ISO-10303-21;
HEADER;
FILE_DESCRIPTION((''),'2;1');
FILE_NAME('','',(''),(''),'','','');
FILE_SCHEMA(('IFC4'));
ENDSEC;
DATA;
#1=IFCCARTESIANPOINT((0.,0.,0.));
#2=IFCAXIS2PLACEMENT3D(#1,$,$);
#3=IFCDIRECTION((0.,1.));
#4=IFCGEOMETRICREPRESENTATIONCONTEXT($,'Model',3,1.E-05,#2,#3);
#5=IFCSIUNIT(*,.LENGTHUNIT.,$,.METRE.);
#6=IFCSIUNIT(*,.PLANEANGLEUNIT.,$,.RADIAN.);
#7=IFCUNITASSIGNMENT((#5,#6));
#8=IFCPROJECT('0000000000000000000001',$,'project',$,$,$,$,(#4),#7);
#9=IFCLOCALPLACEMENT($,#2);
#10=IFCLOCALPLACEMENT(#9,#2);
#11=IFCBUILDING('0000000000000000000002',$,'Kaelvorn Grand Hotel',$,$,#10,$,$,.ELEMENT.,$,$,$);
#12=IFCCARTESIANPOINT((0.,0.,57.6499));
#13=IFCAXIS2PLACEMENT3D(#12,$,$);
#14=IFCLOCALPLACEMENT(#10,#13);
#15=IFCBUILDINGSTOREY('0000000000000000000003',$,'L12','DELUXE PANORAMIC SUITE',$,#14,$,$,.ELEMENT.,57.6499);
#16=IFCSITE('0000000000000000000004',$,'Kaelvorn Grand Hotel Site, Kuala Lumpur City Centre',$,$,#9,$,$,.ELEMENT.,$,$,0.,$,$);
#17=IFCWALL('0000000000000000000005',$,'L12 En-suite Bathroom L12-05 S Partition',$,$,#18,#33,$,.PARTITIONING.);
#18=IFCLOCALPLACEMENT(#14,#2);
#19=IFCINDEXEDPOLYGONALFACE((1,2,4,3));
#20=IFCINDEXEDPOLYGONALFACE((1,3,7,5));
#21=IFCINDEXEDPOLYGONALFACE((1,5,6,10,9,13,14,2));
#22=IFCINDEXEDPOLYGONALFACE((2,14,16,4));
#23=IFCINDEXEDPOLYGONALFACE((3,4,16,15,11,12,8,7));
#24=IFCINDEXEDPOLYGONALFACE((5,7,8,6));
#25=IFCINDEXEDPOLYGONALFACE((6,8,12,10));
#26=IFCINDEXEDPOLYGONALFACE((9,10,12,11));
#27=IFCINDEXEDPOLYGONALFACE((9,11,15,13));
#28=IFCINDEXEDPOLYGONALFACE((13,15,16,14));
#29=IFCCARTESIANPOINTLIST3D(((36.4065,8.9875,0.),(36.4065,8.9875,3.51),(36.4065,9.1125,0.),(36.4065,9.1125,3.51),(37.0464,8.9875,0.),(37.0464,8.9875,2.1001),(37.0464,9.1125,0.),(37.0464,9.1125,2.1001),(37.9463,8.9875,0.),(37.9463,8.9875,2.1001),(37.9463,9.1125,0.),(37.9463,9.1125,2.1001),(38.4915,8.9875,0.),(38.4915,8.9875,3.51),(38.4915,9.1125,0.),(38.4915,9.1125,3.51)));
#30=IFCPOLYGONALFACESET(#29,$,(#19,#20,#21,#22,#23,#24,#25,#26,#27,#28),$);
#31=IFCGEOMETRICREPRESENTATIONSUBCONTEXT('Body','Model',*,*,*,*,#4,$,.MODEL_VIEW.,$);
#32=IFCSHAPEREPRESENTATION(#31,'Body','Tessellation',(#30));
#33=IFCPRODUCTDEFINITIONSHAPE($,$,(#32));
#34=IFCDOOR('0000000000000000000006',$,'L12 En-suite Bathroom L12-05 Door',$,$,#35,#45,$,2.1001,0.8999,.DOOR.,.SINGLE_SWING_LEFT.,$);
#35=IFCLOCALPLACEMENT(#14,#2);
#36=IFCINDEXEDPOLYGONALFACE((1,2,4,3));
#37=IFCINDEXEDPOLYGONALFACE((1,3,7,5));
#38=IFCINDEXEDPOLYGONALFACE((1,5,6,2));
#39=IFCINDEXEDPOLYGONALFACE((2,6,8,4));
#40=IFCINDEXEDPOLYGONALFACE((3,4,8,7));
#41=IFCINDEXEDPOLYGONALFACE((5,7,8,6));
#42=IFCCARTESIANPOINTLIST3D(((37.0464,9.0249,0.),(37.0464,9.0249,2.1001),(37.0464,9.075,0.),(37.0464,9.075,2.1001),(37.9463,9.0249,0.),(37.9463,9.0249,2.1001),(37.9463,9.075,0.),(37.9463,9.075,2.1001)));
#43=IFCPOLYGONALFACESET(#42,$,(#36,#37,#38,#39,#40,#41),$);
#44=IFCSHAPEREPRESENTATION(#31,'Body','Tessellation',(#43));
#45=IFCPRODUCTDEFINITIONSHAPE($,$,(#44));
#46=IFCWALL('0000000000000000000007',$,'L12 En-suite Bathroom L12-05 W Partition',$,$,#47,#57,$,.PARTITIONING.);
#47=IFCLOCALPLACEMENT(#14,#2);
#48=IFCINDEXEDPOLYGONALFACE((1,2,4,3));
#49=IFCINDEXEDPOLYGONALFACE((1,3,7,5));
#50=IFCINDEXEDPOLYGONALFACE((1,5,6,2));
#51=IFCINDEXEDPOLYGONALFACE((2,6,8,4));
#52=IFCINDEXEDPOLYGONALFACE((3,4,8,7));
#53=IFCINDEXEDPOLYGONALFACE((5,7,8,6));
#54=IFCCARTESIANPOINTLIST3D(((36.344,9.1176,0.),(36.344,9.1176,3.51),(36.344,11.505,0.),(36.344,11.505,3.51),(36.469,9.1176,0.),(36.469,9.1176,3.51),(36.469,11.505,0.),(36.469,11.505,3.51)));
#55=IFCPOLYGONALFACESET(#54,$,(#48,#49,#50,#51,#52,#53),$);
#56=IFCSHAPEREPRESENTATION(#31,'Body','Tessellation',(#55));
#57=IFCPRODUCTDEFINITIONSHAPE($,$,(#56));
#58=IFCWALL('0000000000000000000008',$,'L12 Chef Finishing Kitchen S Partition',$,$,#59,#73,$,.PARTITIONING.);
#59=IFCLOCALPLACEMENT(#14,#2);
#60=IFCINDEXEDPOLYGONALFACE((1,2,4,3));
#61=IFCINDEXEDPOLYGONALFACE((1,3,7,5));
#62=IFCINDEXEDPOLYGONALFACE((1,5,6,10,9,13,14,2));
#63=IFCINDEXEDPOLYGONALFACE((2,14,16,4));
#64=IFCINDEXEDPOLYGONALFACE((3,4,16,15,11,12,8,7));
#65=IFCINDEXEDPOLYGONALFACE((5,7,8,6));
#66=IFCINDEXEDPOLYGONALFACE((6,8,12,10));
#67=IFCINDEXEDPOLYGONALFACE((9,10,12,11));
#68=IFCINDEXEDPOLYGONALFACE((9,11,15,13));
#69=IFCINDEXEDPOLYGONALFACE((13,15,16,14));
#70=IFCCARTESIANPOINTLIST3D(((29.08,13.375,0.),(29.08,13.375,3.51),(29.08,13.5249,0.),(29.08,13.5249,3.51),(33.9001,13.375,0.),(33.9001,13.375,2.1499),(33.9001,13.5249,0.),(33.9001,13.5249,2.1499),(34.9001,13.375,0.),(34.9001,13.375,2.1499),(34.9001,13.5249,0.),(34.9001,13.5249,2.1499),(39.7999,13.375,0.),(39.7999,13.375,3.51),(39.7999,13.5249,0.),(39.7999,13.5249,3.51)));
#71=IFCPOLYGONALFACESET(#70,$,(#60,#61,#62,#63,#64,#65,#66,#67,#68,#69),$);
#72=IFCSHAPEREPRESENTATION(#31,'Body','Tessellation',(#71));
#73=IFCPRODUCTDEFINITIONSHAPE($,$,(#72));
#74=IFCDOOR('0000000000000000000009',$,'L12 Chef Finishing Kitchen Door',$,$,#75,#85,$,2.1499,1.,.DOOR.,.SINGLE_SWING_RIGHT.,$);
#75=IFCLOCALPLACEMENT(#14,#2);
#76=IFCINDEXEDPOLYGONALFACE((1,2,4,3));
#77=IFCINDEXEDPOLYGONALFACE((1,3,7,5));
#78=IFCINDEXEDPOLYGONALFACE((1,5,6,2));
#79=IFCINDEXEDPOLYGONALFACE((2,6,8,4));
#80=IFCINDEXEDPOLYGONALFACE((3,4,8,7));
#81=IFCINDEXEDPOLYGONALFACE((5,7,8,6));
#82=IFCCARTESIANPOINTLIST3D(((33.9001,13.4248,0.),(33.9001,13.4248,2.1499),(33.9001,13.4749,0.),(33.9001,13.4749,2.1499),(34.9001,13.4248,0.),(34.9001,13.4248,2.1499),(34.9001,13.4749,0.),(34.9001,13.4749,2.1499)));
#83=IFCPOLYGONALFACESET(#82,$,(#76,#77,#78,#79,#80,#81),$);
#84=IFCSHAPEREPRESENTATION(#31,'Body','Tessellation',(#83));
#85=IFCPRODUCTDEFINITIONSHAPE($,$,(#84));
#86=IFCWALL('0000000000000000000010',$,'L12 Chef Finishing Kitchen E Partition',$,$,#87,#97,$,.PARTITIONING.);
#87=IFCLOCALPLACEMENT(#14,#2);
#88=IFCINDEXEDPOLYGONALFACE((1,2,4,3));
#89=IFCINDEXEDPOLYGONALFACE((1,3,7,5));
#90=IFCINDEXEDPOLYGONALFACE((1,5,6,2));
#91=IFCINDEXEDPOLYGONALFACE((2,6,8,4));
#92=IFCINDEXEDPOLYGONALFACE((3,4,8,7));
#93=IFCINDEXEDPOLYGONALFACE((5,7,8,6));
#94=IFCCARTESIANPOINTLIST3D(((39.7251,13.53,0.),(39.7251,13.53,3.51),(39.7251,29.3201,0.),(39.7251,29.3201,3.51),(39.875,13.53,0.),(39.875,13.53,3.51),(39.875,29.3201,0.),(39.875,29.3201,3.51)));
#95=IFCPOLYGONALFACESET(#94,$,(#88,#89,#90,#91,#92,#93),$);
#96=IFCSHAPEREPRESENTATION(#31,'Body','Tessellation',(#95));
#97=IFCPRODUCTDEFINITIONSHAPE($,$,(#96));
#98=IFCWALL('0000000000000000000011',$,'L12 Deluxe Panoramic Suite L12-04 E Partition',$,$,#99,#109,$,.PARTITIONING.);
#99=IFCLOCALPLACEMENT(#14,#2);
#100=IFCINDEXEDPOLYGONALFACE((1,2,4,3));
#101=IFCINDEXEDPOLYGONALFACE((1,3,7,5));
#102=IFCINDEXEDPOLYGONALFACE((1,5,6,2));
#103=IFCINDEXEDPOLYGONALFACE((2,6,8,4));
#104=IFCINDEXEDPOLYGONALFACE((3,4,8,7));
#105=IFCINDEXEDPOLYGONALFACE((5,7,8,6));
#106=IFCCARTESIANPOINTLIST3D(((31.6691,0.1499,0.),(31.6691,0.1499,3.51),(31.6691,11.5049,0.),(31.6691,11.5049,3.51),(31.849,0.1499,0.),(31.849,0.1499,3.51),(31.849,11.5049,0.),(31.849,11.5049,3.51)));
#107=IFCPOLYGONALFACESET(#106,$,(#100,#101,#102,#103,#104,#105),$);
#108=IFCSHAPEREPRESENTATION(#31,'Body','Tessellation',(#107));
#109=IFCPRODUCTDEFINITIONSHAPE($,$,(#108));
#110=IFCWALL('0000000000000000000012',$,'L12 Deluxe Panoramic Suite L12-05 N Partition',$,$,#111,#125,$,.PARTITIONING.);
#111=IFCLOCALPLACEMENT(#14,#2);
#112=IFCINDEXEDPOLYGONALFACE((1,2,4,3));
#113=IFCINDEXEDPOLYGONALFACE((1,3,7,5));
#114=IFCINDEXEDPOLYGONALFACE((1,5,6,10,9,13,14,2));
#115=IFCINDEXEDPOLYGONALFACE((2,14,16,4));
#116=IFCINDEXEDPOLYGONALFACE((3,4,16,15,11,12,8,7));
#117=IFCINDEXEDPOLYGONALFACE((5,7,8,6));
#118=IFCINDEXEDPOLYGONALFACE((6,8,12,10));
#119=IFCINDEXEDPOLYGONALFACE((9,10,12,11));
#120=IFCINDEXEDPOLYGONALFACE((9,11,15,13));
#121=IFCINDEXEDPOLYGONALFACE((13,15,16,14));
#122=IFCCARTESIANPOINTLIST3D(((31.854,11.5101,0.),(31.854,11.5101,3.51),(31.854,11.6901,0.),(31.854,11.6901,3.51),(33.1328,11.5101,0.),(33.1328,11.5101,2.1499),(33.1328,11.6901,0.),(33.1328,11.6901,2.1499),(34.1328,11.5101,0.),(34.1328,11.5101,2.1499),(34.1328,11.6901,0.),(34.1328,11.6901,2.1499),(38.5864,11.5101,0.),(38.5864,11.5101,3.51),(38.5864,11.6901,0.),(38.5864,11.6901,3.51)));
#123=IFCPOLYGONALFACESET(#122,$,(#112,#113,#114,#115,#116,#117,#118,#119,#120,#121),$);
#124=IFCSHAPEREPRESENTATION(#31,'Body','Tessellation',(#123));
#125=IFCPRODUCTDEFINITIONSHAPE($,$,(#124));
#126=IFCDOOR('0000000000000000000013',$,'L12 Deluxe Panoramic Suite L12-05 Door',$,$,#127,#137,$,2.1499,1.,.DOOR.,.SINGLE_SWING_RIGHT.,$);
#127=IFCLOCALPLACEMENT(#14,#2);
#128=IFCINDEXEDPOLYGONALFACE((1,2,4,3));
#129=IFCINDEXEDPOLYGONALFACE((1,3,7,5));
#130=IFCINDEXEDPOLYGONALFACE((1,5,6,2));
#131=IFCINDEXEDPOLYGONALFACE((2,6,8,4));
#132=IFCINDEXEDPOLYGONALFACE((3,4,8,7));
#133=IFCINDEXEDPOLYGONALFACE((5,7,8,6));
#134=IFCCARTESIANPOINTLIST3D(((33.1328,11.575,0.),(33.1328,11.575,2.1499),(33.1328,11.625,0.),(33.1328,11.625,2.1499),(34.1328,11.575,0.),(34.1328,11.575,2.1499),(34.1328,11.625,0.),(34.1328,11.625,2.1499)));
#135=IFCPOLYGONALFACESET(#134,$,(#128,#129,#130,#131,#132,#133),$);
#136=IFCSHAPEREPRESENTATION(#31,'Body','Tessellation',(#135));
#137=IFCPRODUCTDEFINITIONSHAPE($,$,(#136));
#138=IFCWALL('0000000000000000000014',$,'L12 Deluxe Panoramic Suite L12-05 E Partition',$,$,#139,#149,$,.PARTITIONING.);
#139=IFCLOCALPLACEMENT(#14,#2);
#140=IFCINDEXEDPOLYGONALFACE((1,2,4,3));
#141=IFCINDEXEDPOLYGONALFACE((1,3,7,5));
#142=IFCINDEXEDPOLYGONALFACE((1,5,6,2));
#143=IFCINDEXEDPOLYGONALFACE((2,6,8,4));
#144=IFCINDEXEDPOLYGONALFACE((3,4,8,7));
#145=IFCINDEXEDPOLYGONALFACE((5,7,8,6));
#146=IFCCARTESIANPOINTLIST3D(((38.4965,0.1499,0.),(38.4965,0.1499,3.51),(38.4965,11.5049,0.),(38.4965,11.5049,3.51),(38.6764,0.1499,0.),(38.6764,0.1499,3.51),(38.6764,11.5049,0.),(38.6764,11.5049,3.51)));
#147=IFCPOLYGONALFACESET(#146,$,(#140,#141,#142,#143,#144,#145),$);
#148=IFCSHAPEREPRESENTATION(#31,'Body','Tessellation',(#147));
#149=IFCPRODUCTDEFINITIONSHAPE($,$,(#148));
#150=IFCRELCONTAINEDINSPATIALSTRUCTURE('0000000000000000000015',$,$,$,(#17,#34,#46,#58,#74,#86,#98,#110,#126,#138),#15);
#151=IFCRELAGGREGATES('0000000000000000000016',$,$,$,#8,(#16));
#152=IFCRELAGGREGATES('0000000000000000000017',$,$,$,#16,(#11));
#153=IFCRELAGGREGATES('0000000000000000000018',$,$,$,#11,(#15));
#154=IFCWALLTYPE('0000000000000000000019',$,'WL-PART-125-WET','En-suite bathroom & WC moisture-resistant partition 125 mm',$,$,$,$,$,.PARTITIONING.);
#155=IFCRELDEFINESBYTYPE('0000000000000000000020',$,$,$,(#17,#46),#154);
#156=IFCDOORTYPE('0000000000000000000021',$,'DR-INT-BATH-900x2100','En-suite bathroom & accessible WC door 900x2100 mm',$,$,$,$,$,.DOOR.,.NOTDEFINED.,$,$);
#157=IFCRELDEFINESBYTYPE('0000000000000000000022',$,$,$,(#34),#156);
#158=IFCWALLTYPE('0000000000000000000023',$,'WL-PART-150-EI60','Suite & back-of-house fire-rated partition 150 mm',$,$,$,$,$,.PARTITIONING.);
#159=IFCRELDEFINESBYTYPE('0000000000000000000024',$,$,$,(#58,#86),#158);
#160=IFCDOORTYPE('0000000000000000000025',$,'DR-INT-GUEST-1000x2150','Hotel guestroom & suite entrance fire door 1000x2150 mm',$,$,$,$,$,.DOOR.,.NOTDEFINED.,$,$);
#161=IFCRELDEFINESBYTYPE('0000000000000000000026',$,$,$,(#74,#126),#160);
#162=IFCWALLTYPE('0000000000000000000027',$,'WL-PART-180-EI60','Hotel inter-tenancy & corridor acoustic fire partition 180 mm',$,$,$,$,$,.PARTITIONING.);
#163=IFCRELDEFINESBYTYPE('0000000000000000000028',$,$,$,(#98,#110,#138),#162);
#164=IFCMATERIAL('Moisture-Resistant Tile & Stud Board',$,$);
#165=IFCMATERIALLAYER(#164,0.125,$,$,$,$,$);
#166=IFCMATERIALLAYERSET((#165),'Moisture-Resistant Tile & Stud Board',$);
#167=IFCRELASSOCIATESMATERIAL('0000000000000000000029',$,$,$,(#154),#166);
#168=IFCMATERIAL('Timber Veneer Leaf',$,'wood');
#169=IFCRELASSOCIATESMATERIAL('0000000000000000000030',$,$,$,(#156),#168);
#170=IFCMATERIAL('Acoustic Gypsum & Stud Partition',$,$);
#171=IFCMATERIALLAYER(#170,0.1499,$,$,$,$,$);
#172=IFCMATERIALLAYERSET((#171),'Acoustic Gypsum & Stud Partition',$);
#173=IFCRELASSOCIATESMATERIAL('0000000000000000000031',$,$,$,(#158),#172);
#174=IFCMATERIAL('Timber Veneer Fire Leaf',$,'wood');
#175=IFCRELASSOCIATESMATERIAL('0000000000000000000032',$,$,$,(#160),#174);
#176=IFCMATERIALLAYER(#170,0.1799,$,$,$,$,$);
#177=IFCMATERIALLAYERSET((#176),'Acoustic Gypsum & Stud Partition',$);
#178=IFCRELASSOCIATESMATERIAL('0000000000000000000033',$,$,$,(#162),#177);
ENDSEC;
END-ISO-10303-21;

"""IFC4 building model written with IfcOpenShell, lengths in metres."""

from ifc_helpers import new_model, si_unit, direction, frame, frame_2d, origin, place, context, subcontext, project, spatial, rectangle, extrude, material, layer, layer_set, type_object, element, fill, save


model = new_model("IFC4")

# Units and contexts
model_context = context("Model", 3, precision=1e-05, world=origin(), true_north=direction((0.0, 1.0)))
body_context = subcontext(model_context, "Body", "Model", "MODEL_VIEW")
ifc_project = project(units=[si_unit("LENGTHUNIT", "METRE"), si_unit("PLANEANGLEUNIT", "RADIAN")], contexts=[model_context])

# Site, building, storey
site_placement = place(None, origin())
site = spatial("IfcSite", under=ifc_project, at=site_placement, Name="Kaelvorn Grand Hotel Site, Kuala Lumpur City Centre", CompositionType="ELEMENT", RefElevation=0.0)
building_placement = place(site_placement, origin())
building = spatial("IfcBuilding", under=site, at=building_placement, Name="Kaelvorn Grand Hotel", CompositionType="ELEMENT")
storey_placement = place(building_placement, frame((0.0, 0.0, 57.6499)))
storey = spatial("IfcBuildingStorey", under=building, at=storey_placement, Name="L12", Description="DELUXE PANORAMIC SUITE", CompositionType="ELEMENT", Elevation=57.6499)

# Shared definitions
ifc_material_1 = material(Name="Moisture-Resistant Tile & Stud Board")
ifc_layer_1 = layer(ifc_material_1, 0.125)
ifc_layer_set_1 = layer_set([ifc_layer_1], Name="Moisture-Resistant Tile & Stud Board")
wall_type_1 = type_object("IfcWallType", Name="WL-PART-125-WET", Description="En-suite bathroom & WC moisture-resistant partition 125 mm", PredefinedType="PARTITIONING", material=ifc_layer_set_1)
ifc_material_2 = material(Name="Timber Veneer Leaf", Category="wood")
door_type_1 = type_object("IfcDoorType", Name="DR-INT-BATH-900x2100", Description="En-suite bathroom & accessible WC door 900x2100 mm", OperationType="NOTDEFINED", PredefinedType="DOOR", material=ifc_material_2)

# Wall, opening, door
wall_1_placement = place(storey_placement, frame((36.4065, 9.05, 0.0), z_axis=(0.0, 0.0, 1.0), x_axis=(1.0, 0.0, 0.0)))
wall_1 = element("IfcWall", 1, at=wall_1_placement, inside=storey, type_object=wall_type_1, Name="L12 En-suite Bathroom L12-05 S Partition", PredefinedType="PARTITIONING", context=body_context, shape_type="SweptSolid", body=[
    extrude(rectangle(XDim=2.085, YDim=0.125, at=frame_2d((1.0425, 0.0))), origin(), (0.0, 0.0, 1.0), 3.51),
])
opening_1_placement = place(wall_1_placement, frame((0.6399, 0.0, 0.0)))
opening_1 = element("IfcOpeningElement", 2, at=opening_1_placement, cuts=wall_1, PredefinedType="OPENING", context=body_context, shape_type="SweptSolid", body=[
    extrude(rectangle(XDim=0.8999, YDim=2.1001, at=frame_2d((0.45, 1.05))), frame((0.0, 0.0725, 0.0), z_axis=(0.0, -1.0, 0.0), x_axis=(1.0, 0.0, 0.0)), (0.0, 0.0, 1.0), 0.145),
])
door_1_placement = place(opening_1_placement, origin())
door_1 = element("IfcDoor", 3, at=door_1_placement, inside=storey, type_object=door_type_1, Name="L12 En-suite Bathroom L12-05 Door", OperationType="SINGLE_SWING_LEFT", OverallHeight=2.1001, OverallWidth=0.8999, PredefinedType="DOOR", context=body_context, shape_type="SweptSolid", body=[
    extrude(rectangle(XDim=0.8999, YDim=2.1001, at=frame_2d((0.45, 1.05))), frame((0.0, 0.0249, 0.0), z_axis=(0.0, -1.0, 0.0), x_axis=(1.0, 0.0, 0.0)), (0.0, 0.0, 1.0), 0.05),
])
fill(opening_1, door_1)

# Wall
wall_2_placement = place(storey_placement, frame((36.4065, 9.1174, 0.0), z_axis=(0.0, 0.0, 1.0), x_axis=(0.0, 1.0, 0.0)))
element("IfcWall", 4, at=wall_2_placement, inside=storey, type_object=wall_type_1, Name="L12 En-suite Bathroom L12-05 W Partition", PredefinedType="PARTITIONING", context=body_context, shape_type="SweptSolid", body=[
    extrude(rectangle(XDim=2.3875, YDim=0.125, at=frame_2d((1.1938, 0.0))), origin(), (0.0, 0.0, 1.0), 3.51),
])

# Wall, opening, door
ifc_material_3 = material(Name="Acoustic Gypsum & Stud Partition")
ifc_layer_2 = layer(ifc_material_3, 0.1499)
ifc_layer_set_2 = layer_set([ifc_layer_2], Name="Acoustic Gypsum & Stud Partition")
wall_type_2 = type_object("IfcWallType", Name="WL-PART-150-EI60", Description="Suite & back-of-house fire-rated partition 150 mm", PredefinedType="PARTITIONING", material=ifc_layer_set_2)
wall_3_placement = place(storey_placement, frame((29.0801, 13.45, 0.0), z_axis=(0.0, 0.0, 1.0), x_axis=(1.0, 0.0, 0.0)))
wall_3 = element("IfcWall", 5, at=wall_3_placement, inside=storey, type_object=wall_type_2, Name="L12 Chef Finishing Kitchen S Partition", PredefinedType="PARTITIONING", context=body_context, shape_type="SweptSolid", body=[
    extrude(rectangle(XDim=10.72, YDim=0.1499, at=frame_2d((5.3599, 0.0))), origin(), (0.0, 0.0, 1.0), 3.51),
])
opening_2_placement = place(wall_3_placement, frame((4.8201, 0.0, 0.0)))
opening_2 = element("IfcOpeningElement", 6, at=opening_2_placement, cuts=wall_3, PredefinedType="OPENING", context=body_context, shape_type="SweptSolid", body=[
    extrude(rectangle(XDim=1.0, YDim=2.1499, at=frame_2d((0.5, 1.075))), frame((0.0, 0.085, 0.0), z_axis=(0.0, -1.0, 0.0), x_axis=(1.0, 0.0, 0.0)), (0.0, 0.0, 1.0), 0.1699),
])
ifc_material_4 = material(Name="Timber Veneer Fire Leaf", Category="wood")
door_type_2 = type_object("IfcDoorType", Name="DR-INT-GUEST-1000x2150", Description="Hotel guestroom & suite entrance fire door 1000x2150 mm", OperationType="NOTDEFINED", PredefinedType="DOOR", material=ifc_material_4)
door_2_placement = place(opening_2_placement, origin())
door_2 = element("IfcDoor", 7, at=door_2_placement, inside=storey, type_object=door_type_2, Name="L12 Chef Finishing Kitchen Door", OperationType="SINGLE_SWING_RIGHT", OverallHeight=2.1499, OverallWidth=1.0, PredefinedType="DOOR", context=body_context, shape_type="SweptSolid", body=[
    extrude(rectangle(XDim=1.0, YDim=2.1499, at=frame_2d((0.5, 1.075))), frame((0.0, 0.0249, 0.0), z_axis=(0.0, -1.0, 0.0), x_axis=(1.0, 0.0, 0.0)), (0.0, 0.0, 1.0), 0.05),
])
fill(opening_2, door_2)

# Walls
wall_4_placement = place(storey_placement, frame((39.8, 13.53, 0.0), z_axis=(0.0, 0.0, 1.0), x_axis=(0.0, 1.0, 0.0)))
element("IfcWall", 8, at=wall_4_placement, inside=storey, type_object=wall_type_2, Name="L12 Chef Finishing Kitchen E Partition", PredefinedType="PARTITIONING", context=body_context, shape_type="SweptSolid", body=[
    extrude(rectangle(XDim=15.79, YDim=0.1499, at=frame_2d((7.895, 0.0))), origin(), (0.0, 0.0, 1.0), 3.51),
])
ifc_layer_3 = layer(ifc_material_3, 0.1799)
ifc_layer_set_3 = layer_set([ifc_layer_3], Name="Acoustic Gypsum & Stud Partition")
wall_type_3 = type_object("IfcWallType", Name="WL-PART-180-EI60", Description="Hotel inter-tenancy & corridor acoustic fire partition 180 mm", PredefinedType="PARTITIONING", material=ifc_layer_set_3)
wall_5_placement = place(storey_placement, frame((31.759, 0.1499, 0.0), z_axis=(0.0, 0.0, 1.0), x_axis=(0.0, 1.0, 0.0)))
element("IfcWall", 9, at=wall_5_placement, inside=storey, type_object=wall_type_3, Name="L12 Deluxe Panoramic Suite L12-04 E Partition", PredefinedType="PARTITIONING", context=body_context, shape_type="SweptSolid", body=[
    extrude(rectangle(XDim=11.355, YDim=0.1799, at=frame_2d((5.6775, 0.0))), origin(), (0.0, 0.0, 1.0), 3.51),
])

# Wall, opening, door
wall_6_placement = place(storey_placement, frame((31.854, 11.6001, 0.0), z_axis=(0.0, 0.0, 1.0), x_axis=(1.0, 0.0, 0.0)))
wall_6 = element("IfcWall", 10, at=wall_6_placement, inside=storey, type_object=wall_type_3, Name="L12 Deluxe Panoramic Suite L12-05 N Partition", PredefinedType="PARTITIONING", context=body_context, shape_type="SweptSolid", body=[
    extrude(rectangle(XDim=6.7324, YDim=0.1799, at=frame_2d((3.3662, 0.0))), origin(), (0.0, 0.0, 1.0), 3.51),
])
opening_3_placement = place(wall_6_placement, frame((1.2788, 0.0, 0.0)))
opening_3 = element("IfcOpeningElement", 11, at=opening_3_placement, cuts=wall_6, PredefinedType="OPENING", context=body_context, shape_type="SweptSolid", body=[
    extrude(rectangle(XDim=1.0, YDim=2.1499, at=frame_2d((0.5, 1.075))), frame((0.0, 0.1001, 0.0), z_axis=(0.0, -1.0, 0.0), x_axis=(1.0, 0.0, 0.0)), (0.0, 0.0, 1.0), 0.2),
])
door_3_placement = place(opening_3_placement, origin())
door_3 = element("IfcDoor", 12, at=door_3_placement, inside=storey, type_object=door_type_2, Name="L12 Deluxe Panoramic Suite L12-05 Door", OperationType="SINGLE_SWING_RIGHT", OverallHeight=2.1499, OverallWidth=1.0, PredefinedType="DOOR", context=body_context, shape_type="SweptSolid", body=[
    extrude(rectangle(XDim=1.0, YDim=2.1499, at=frame_2d((0.5, 1.075))), frame((0.0, 0.0249, 0.0), z_axis=(0.0, -1.0, 0.0), x_axis=(1.0, 0.0, 0.0)), (0.0, 0.0, 1.0), 0.05),
])
fill(opening_3, door_3)

# Wall
wall_7_placement = place(storey_placement, frame((38.5864, 0.1499, 0.0), z_axis=(0.0, 0.0, 1.0), x_axis=(0.0, 1.0, 0.0)))
element("IfcWall", 13, at=wall_7_placement, inside=storey, type_object=wall_type_3, Name="L12 Deluxe Panoramic Suite L12-05 E Partition", PredefinedType="PARTITIONING", context=body_context, shape_type="SweptSolid", body=[
    extrude(rectangle(XDim=11.355, YDim=0.1799, at=frame_2d((5.6775, 0.0))), origin(), (0.0, 0.0, 1.0), 3.51),
])

save(model, "model.ifc")
